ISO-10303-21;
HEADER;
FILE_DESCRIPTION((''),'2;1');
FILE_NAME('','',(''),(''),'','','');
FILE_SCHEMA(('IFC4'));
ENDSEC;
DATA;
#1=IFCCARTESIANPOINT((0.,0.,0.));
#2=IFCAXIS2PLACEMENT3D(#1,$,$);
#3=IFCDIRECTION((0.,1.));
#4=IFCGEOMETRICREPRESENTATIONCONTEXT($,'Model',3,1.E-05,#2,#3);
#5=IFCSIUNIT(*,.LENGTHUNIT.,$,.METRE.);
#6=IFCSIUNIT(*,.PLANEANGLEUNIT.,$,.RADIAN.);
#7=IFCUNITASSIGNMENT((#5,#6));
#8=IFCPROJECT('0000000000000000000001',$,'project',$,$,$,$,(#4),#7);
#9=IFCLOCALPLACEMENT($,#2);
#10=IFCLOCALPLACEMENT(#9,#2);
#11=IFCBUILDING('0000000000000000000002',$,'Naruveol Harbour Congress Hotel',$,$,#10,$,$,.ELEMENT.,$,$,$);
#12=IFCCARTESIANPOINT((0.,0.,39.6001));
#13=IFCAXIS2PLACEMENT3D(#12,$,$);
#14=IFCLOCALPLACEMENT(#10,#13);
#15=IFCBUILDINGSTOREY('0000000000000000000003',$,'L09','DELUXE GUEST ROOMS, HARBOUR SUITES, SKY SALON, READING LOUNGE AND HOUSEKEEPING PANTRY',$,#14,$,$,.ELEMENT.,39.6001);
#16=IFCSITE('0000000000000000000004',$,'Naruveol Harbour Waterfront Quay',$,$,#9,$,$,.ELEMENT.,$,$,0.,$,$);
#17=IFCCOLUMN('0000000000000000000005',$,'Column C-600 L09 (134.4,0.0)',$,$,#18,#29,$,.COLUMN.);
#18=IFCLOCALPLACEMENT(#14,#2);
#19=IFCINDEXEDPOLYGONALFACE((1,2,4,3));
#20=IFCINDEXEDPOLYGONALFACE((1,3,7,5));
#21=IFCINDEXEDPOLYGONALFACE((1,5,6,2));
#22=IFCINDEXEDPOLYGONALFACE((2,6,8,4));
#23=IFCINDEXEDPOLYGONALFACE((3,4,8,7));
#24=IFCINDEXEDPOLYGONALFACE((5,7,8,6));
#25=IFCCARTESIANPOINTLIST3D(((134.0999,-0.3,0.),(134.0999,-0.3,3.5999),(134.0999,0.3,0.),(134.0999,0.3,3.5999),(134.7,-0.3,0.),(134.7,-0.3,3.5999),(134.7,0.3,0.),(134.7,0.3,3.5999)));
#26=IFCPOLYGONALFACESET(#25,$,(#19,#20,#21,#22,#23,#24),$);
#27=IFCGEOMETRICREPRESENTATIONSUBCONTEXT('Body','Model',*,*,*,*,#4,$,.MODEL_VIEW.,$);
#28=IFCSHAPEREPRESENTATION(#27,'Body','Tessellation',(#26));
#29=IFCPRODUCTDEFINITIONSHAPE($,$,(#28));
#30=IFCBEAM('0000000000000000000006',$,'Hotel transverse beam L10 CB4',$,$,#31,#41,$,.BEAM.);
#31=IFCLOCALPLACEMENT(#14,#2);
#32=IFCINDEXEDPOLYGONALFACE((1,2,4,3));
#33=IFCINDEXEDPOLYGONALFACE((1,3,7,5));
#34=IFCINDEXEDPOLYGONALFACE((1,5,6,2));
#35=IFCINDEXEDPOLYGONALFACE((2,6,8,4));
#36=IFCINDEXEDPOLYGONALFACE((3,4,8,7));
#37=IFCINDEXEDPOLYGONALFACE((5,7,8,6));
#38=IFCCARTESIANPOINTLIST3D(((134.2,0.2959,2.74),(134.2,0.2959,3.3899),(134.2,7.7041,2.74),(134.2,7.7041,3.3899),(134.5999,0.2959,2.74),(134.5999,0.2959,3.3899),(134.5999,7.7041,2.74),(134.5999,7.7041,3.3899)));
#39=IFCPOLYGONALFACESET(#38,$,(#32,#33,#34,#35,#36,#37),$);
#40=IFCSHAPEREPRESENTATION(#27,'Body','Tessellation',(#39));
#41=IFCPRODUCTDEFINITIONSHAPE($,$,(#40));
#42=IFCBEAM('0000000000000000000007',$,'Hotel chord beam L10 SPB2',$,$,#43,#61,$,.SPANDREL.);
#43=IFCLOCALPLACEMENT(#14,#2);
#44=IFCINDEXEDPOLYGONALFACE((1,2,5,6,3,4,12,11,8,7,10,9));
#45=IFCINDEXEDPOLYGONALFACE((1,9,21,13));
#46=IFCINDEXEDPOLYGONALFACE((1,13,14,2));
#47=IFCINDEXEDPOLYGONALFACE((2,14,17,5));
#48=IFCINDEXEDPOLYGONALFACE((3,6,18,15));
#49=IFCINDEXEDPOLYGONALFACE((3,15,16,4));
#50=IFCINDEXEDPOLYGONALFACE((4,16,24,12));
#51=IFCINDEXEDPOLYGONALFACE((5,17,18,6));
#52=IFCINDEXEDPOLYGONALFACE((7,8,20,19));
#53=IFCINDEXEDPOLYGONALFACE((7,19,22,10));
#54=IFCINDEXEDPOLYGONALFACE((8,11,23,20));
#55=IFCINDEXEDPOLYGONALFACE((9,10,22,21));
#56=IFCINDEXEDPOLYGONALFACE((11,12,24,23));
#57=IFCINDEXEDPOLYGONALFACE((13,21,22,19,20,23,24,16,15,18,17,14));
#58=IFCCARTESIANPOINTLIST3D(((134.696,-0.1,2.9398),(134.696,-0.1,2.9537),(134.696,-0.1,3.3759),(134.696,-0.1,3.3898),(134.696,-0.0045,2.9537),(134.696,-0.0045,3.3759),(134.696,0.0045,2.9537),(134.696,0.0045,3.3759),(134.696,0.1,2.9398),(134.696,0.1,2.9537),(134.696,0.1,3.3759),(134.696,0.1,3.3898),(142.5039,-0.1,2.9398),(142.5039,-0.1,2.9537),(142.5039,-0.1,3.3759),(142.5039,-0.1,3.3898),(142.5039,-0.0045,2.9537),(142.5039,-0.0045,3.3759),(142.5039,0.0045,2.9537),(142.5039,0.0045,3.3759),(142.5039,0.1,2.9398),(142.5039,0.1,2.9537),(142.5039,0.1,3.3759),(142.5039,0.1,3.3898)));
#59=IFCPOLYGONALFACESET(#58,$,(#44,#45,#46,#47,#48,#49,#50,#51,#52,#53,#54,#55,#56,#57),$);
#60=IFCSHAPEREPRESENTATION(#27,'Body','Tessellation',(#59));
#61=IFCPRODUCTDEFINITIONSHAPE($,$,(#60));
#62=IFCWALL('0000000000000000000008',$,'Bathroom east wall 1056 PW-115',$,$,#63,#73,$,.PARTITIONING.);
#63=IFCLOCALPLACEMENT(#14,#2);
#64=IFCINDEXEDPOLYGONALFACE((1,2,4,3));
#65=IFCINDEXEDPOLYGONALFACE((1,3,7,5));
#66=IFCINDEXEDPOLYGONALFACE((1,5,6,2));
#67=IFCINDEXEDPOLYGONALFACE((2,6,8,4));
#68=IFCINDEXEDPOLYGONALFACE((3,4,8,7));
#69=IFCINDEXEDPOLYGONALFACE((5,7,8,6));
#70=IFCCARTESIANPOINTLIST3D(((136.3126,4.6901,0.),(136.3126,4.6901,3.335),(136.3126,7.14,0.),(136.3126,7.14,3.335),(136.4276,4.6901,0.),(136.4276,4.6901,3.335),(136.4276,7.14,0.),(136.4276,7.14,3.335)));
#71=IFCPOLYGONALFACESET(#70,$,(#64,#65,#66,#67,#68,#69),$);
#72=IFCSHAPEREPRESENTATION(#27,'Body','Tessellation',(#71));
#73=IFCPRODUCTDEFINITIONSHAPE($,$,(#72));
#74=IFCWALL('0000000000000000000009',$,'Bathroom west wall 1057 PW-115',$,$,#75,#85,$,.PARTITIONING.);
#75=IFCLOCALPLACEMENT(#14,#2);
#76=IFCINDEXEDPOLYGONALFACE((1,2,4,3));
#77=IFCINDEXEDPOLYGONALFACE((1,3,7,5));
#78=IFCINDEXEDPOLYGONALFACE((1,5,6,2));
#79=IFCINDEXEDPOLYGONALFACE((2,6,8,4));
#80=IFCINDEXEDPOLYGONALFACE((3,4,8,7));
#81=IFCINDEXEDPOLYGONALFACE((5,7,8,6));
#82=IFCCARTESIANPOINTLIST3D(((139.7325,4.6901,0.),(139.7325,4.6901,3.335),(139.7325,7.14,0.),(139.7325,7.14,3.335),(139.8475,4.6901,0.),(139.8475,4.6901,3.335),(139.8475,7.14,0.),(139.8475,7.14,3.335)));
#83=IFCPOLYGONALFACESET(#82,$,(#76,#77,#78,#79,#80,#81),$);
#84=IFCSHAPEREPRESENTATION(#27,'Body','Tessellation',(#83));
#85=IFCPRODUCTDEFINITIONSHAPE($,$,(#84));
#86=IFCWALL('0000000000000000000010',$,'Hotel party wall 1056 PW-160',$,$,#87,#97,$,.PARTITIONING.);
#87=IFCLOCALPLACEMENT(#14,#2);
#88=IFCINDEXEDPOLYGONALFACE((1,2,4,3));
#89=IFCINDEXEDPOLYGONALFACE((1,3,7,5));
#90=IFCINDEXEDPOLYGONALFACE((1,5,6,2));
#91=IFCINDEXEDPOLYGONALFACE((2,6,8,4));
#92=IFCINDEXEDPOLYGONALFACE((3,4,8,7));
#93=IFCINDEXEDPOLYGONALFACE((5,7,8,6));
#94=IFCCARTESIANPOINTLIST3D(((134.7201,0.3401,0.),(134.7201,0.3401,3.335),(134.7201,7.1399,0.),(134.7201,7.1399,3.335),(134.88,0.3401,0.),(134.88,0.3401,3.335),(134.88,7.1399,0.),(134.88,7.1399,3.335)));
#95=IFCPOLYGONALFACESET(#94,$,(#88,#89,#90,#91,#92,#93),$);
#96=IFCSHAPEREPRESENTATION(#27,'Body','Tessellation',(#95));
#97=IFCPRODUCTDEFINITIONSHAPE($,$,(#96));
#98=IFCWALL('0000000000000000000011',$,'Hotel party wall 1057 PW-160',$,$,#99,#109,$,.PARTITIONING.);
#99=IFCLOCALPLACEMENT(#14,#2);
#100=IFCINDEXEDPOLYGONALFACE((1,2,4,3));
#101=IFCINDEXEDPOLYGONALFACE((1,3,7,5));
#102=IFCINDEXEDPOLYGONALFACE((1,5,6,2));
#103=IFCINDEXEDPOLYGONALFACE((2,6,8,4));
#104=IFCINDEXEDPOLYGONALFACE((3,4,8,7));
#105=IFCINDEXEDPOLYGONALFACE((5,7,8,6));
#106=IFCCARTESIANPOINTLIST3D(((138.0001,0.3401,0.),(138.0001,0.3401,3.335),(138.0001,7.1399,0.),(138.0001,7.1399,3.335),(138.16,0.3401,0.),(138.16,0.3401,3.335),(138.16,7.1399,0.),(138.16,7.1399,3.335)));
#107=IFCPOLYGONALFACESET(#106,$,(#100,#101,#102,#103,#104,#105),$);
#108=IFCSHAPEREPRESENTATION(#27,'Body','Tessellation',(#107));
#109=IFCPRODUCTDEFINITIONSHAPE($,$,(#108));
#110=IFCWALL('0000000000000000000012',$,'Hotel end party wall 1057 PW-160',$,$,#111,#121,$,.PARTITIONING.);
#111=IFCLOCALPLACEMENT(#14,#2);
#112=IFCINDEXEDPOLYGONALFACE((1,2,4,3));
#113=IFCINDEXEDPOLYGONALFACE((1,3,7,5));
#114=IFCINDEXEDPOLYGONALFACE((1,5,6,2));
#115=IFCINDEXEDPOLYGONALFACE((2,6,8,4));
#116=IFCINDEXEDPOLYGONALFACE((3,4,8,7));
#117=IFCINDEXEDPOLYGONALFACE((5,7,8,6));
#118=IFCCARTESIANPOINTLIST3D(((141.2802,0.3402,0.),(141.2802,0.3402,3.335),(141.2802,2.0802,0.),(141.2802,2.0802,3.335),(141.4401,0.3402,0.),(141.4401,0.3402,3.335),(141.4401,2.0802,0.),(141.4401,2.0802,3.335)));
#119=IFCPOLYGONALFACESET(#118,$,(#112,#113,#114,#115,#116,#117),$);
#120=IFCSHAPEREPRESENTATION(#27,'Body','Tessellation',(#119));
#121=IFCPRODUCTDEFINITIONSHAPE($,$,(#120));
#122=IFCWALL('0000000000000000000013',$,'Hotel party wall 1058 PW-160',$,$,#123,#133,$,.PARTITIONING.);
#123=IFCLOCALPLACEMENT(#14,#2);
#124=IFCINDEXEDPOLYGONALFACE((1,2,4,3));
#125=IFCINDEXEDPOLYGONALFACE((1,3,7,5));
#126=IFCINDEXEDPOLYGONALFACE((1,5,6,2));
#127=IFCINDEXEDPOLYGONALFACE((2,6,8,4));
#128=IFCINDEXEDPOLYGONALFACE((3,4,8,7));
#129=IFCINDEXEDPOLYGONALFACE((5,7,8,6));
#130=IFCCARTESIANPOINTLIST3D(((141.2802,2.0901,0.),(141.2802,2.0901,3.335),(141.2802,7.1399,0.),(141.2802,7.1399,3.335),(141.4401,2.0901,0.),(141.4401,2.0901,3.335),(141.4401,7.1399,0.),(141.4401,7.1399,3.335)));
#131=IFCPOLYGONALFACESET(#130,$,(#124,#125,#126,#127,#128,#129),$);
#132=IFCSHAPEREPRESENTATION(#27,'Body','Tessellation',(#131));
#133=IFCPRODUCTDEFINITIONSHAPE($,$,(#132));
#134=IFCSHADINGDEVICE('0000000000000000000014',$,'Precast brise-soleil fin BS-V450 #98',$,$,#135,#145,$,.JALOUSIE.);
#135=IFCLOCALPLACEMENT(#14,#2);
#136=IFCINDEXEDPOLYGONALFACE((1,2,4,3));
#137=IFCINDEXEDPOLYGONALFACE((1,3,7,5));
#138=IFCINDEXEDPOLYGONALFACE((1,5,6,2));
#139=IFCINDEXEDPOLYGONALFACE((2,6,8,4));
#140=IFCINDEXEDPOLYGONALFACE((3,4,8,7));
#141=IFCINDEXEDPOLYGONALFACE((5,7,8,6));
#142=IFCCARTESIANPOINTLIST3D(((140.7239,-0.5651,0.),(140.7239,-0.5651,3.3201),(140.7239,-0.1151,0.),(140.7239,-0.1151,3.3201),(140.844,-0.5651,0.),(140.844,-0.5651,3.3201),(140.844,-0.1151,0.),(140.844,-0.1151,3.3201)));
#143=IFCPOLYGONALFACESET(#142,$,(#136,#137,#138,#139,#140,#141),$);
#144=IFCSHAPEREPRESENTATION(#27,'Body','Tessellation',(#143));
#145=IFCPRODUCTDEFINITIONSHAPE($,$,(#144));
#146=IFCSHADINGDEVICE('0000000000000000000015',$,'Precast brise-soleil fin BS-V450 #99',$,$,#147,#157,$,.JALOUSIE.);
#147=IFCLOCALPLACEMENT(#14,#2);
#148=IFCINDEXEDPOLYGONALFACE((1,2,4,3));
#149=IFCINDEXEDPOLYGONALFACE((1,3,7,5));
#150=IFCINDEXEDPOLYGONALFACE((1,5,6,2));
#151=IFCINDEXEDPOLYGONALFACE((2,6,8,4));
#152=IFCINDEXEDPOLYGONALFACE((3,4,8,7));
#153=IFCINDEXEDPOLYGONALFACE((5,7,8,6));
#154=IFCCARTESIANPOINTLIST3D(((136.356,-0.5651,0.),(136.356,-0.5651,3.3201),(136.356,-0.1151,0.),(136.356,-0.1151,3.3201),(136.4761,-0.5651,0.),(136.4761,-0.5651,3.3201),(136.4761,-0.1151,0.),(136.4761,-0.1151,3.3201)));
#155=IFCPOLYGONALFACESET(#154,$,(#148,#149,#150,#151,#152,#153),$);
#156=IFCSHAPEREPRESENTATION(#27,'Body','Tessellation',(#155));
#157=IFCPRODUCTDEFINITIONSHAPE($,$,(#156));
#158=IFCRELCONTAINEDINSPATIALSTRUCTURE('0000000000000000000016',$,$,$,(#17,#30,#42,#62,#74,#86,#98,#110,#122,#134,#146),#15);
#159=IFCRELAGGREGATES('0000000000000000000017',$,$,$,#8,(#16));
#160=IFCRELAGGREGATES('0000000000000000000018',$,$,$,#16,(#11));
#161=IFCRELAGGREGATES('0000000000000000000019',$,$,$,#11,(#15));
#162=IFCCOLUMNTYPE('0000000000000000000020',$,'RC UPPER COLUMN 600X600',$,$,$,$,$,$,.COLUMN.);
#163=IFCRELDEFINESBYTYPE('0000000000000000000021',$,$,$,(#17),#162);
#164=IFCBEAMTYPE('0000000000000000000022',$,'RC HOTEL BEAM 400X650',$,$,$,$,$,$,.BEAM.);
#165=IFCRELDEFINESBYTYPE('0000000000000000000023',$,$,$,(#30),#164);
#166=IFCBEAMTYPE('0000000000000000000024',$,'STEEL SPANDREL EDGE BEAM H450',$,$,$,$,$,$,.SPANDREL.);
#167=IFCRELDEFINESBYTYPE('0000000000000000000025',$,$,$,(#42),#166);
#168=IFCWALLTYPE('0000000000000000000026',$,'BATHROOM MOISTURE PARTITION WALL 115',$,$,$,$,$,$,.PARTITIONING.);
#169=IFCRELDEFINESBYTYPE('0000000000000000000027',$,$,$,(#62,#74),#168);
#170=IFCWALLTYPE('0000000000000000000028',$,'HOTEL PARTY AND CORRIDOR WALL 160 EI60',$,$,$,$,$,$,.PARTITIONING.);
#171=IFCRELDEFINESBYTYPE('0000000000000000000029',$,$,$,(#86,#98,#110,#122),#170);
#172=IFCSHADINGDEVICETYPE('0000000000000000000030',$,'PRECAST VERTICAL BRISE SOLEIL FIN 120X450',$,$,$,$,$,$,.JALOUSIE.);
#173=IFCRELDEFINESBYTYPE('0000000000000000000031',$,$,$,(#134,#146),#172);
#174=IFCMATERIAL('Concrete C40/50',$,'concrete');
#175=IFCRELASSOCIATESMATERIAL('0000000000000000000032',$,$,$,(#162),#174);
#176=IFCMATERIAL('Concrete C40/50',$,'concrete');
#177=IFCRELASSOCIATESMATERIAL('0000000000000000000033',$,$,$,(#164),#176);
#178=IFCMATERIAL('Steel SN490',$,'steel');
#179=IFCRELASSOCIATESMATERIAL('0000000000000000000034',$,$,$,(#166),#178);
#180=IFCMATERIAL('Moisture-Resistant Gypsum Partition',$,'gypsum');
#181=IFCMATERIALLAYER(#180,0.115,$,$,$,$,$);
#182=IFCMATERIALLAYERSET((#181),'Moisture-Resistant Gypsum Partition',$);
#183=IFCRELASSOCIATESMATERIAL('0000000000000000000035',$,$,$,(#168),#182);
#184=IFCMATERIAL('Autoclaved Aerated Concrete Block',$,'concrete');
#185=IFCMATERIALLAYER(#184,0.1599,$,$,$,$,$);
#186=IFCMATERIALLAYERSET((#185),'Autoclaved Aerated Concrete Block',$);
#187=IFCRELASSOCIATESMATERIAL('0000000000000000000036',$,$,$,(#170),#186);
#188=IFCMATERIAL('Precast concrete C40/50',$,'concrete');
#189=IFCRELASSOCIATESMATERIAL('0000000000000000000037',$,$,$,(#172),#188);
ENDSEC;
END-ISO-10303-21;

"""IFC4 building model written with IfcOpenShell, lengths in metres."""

from ifc_helpers import new_model, si_unit, direction, frame, frame_2d, origin, origin_2d, place, context, subcontext, project, spatial, rectangle, i_section, extrude, material, layer, layer_set, material_profile, profile_set, type_object, element, save


model = new_model("IFC4")

# Units and contexts
model_context = context("Model", 3, precision=1e-05, world=origin(), true_north=direction((0.0, 1.0)))
body_context = subcontext(model_context, "Body", "Model", "MODEL_VIEW")
ifc_project = project(units=[si_unit("LENGTHUNIT", "METRE"), si_unit("PLANEANGLEUNIT", "RADIAN")], contexts=[model_context])

# Site, building, storey
site_placement = place(None, origin())
site = spatial("IfcSite", under=ifc_project, at=site_placement, Name="Naruveol Harbour Waterfront Quay", CompositionType="ELEMENT", RefElevation=0.0)
building_placement = place(site_placement, origin())
building = spatial("IfcBuilding", under=site, at=building_placement, Name="Naruveol Harbour Congress Hotel", CompositionType="ELEMENT")
storey_placement = place(building_placement, frame((0.0, 0.0, 39.6001)))
storey = spatial("IfcBuildingStorey", under=building, at=storey_placement, Name="L09", Description="DELUXE GUEST ROOMS, HARBOUR SUITES, SKY SALON, READING LOUNGE AND HOUSEKEEPING PANTRY", CompositionType="ELEMENT", Elevation=39.6001)

# Column
ifc_material_1 = material(Name="Concrete C40/50", Category="concrete")
ifc_material_profile_1 = material_profile(ifc_material_1, rectangle(XDim=0.6001, YDim=0.6001, at=origin_2d()), Name="RC-600x600")
ifc_profile_set_1 = profile_set([ifc_material_profile_1], Name="Concrete C40/50")
column_type = type_object("IfcColumnType", Name="RC UPPER COLUMN 600X600", PredefinedType="COLUMN", material=ifc_profile_set_1)
column_placement = place(storey_placement, frame((134.3999, 0.0, 0.0), z_axis=(0.0, 0.0, 1.0), x_axis=(1.0, 0.0, 0.0)))
element("IfcColumn", 1, at=column_placement, inside=storey, type_object=column_type, Name="Column C-600 L09 (134.4,0.0)", PredefinedType="COLUMN", context=body_context, shape_type="SweptSolid", body=[
    extrude(rectangle(XDim=0.6001, YDim=0.6001, at=origin_2d()), origin(), (0.0, 0.0, 1.0), 3.5999),
])

# Beams
ifc_material_2 = material(Name="Concrete C40/50", Category="concrete")
ifc_material_profile_2 = material_profile(ifc_material_2, rectangle(XDim=0.3999, YDim=0.6499, at=origin_2d()), Name="RCB-400x650")
ifc_profile_set_2 = profile_set([ifc_material_profile_2], Name="Concrete C40/50")
beam_type_1 = type_object("IfcBeamType", Name="RC HOTEL BEAM 400X650", PredefinedType="BEAM", material=ifc_profile_set_2)
beam_1_placement = place(storey_placement, frame((134.3999, 0.2959, 3.0649), z_axis=(0.0, 1.0, 0.0), x_axis=(-1.0, 0.0, 0.0)))
element("IfcBeam", 2, at=beam_1_placement, inside=storey, type_object=beam_type_1, Name="Hotel transverse beam L10 CB4", PredefinedType="BEAM", context=body_context, shape_type="SweptSolid", body=[
    extrude(rectangle(XDim=0.3999, YDim=0.6499, at=origin_2d()), origin(), (0.0, 0.0, 1.0), 7.4082),
])
ifc_material_3 = material(Name="Steel SN490", Category="steel")
ifc_material_profile_3 = material_profile(ifc_material_3, i_section(OverallWidth=0.2, OverallDepth=0.45, WebThickness=0.009, FlangeThickness=0.0139, at=origin_2d()), Name="H-450x200x9x14")
ifc_profile_set_3 = profile_set([ifc_material_profile_3], Name="Steel SN490")
beam_type_2 = type_object("IfcBeamType", Name="STEEL SPANDREL EDGE BEAM H450", PredefinedType="SPANDREL", material=ifc_profile_set_3)
beam_2_placement = place(storey_placement, frame((134.696, 0.0, 3.1648), z_axis=(1.0, 0.0, 0.0), x_axis=(0.0, 1.0, 0.0)))
element("IfcBeam", 3, at=beam_2_placement, inside=storey, type_object=beam_type_2, Name="Hotel chord beam L10 SPB2", PredefinedType="SPANDREL", context=body_context, shape_type="SweptSolid", body=[
    extrude(i_section(OverallWidth=0.2, OverallDepth=0.45, WebThickness=0.009, FlangeThickness=0.0139, at=origin_2d()), origin(), (0.0, 0.0, 1.0), 7.8079),
])

# Wall
ifc_material_4 = material(Name="Moisture-Resistant Gypsum Partition", Category="gypsum")
ifc_layer_1 = layer(ifc_material_4, 0.115)
ifc_layer_set_1 = layer_set([ifc_layer_1], Name="Moisture-Resistant Gypsum Partition")
wall_type_1 = type_object("IfcWallType", Name="BATHROOM MOISTURE PARTITION WALL 115", PredefinedType="PARTITIONING", material=ifc_layer_set_1)
wall_1_placement = place(storey_placement, frame((136.3701, 4.6899, 0.0), z_axis=(0.0, 0.0, 1.0), x_axis=(0.0, 1.0, 0.0)))
element("IfcWall", 4, at=wall_1_placement, inside=storey, type_object=wall_type_1, Name="Bathroom east wall 1056 PW-115", PredefinedType="PARTITIONING", context=body_context, shape_type="SweptSolid", body=[
    extrude(rectangle(XDim=2.45, YDim=0.115, at=frame_2d((1.2251, 0.0))), origin(), (0.0, 0.0, 1.0), 3.335),
])

# Wall
wall_2_placement = place(storey_placement, frame((139.79, 4.6899, 0.0), z_axis=(0.0, 0.0, 1.0), x_axis=(0.0, 1.0, 0.0)))
element("IfcWall", 5, at=wall_2_placement, inside=storey, type_object=wall_type_1, Name="Bathroom west wall 1057 PW-115", PredefinedType="PARTITIONING", context=body_context, shape_type="SweptSolid", body=[
    extrude(rectangle(XDim=2.45, YDim=0.115, at=frame_2d((1.2251, 0.0))), origin(), (0.0, 0.0, 1.0), 3.335),
])

# Walls
ifc_material_5 = material(Name="Autoclaved Aerated Concrete Block", Category="concrete")
ifc_layer_2 = layer(ifc_material_5, 0.1599)
ifc_layer_set_2 = layer_set([ifc_layer_2], Name="Autoclaved Aerated Concrete Block")
wall_type_2 = type_object("IfcWallType", Name="HOTEL PARTY AND CORRIDOR WALL 160 EI60", PredefinedType="PARTITIONING", material=ifc_layer_set_2)
for number, where, z_axis, x_axis, name in (
    (6, (134.8, 0.3401, 0.0), (0.0, 0.0, 1.0), (0.0, 1.0, 0.0), "Hotel party wall 1056 PW-160"),
    (7, (138.0801, 0.3401, 0.0), (0.0, 0.0, 1.0), (0.0, 1.0, 0.0), "Hotel party wall 1057 PW-160"),
):
    element("IfcWall", number, at=place(storey_placement, frame(where, z_axis=z_axis, x_axis=x_axis)), inside=storey, type_object=wall_type_2, Name=name, PredefinedType="PARTITIONING", context=body_context, shape_type="SweptSolid", body=[
        extrude(rectangle(XDim=6.7998, YDim=0.1599, at=frame_2d((3.3999, 0.0))), origin(), (0.0, 0.0, 1.0), 3.335),
    ])
wall_3_placement = place(storey_placement, frame((141.3601, 0.3401, 0.0), z_axis=(0.0, 0.0, 1.0), x_axis=(0.0, 1.0, 0.0)))
element("IfcWall", 8, at=wall_3_placement, inside=storey, type_object=wall_type_2, Name="Hotel end party wall 1057 PW-160", PredefinedType="PARTITIONING", context=body_context, shape_type="SweptSolid", body=[
    extrude(rectangle(XDim=1.74, YDim=0.1599, at=frame_2d((0.8701, 0.0))), origin(), (0.0, 0.0, 1.0), 3.335),
])
wall_4_placement = place(storey_placement, frame((141.3601, 2.0901, 0.0), z_axis=(0.0, 0.0, 1.0), x_axis=(0.0, 1.0, 0.0)))
element("IfcWall", 9, at=wall_4_placement, inside=storey, type_object=wall_type_2, Name="Hotel party wall 1058 PW-160", PredefinedType="PARTITIONING", context=body_context, shape_type="SweptSolid", body=[
    extrude(rectangle(XDim=5.0498, YDim=0.1599, at=frame_2d((2.5249, 0.0))), origin(), (0.0, 0.0, 1.0), 3.335),
])

# Shading devices
ifc_material_6 = material(Name="Precast concrete C40/50", Category="concrete")
shading_device_type = type_object("IfcShadingDeviceType", Name="PRECAST VERTICAL BRISE SOLEIL FIN 120X450", PredefinedType="JALOUSIE", material=ifc_material_6)
for number, where, z_axis, x_axis, name in (
    (10, (140.7839, -0.3401, 0.0), (0.0, 0.0, 1.0), (-1.0, 0.0, 0.0), "Precast brise-soleil fin BS-V450 #98"),
    (11, (136.416, -0.3401, 0.0), (0.0, 0.0, 1.0), (-1.0, 0.0, 0.0), "Precast brise-soleil fin BS-V450 #99"),
):
    element("IfcShadingDevice", number, at=place(storey_placement, frame(where, z_axis=z_axis, x_axis=x_axis)), inside=storey, type_object=shading_device_type, Name=name, PredefinedType="JALOUSIE", context=body_context, shape_type="SweptSolid", body=[
        extrude(rectangle(XDim=0.1201, YDim=0.45, at=origin_2d()), origin(), (0.0, 0.0, 1.0), 3.3201),
    ])

save(model, "model.ifc")
